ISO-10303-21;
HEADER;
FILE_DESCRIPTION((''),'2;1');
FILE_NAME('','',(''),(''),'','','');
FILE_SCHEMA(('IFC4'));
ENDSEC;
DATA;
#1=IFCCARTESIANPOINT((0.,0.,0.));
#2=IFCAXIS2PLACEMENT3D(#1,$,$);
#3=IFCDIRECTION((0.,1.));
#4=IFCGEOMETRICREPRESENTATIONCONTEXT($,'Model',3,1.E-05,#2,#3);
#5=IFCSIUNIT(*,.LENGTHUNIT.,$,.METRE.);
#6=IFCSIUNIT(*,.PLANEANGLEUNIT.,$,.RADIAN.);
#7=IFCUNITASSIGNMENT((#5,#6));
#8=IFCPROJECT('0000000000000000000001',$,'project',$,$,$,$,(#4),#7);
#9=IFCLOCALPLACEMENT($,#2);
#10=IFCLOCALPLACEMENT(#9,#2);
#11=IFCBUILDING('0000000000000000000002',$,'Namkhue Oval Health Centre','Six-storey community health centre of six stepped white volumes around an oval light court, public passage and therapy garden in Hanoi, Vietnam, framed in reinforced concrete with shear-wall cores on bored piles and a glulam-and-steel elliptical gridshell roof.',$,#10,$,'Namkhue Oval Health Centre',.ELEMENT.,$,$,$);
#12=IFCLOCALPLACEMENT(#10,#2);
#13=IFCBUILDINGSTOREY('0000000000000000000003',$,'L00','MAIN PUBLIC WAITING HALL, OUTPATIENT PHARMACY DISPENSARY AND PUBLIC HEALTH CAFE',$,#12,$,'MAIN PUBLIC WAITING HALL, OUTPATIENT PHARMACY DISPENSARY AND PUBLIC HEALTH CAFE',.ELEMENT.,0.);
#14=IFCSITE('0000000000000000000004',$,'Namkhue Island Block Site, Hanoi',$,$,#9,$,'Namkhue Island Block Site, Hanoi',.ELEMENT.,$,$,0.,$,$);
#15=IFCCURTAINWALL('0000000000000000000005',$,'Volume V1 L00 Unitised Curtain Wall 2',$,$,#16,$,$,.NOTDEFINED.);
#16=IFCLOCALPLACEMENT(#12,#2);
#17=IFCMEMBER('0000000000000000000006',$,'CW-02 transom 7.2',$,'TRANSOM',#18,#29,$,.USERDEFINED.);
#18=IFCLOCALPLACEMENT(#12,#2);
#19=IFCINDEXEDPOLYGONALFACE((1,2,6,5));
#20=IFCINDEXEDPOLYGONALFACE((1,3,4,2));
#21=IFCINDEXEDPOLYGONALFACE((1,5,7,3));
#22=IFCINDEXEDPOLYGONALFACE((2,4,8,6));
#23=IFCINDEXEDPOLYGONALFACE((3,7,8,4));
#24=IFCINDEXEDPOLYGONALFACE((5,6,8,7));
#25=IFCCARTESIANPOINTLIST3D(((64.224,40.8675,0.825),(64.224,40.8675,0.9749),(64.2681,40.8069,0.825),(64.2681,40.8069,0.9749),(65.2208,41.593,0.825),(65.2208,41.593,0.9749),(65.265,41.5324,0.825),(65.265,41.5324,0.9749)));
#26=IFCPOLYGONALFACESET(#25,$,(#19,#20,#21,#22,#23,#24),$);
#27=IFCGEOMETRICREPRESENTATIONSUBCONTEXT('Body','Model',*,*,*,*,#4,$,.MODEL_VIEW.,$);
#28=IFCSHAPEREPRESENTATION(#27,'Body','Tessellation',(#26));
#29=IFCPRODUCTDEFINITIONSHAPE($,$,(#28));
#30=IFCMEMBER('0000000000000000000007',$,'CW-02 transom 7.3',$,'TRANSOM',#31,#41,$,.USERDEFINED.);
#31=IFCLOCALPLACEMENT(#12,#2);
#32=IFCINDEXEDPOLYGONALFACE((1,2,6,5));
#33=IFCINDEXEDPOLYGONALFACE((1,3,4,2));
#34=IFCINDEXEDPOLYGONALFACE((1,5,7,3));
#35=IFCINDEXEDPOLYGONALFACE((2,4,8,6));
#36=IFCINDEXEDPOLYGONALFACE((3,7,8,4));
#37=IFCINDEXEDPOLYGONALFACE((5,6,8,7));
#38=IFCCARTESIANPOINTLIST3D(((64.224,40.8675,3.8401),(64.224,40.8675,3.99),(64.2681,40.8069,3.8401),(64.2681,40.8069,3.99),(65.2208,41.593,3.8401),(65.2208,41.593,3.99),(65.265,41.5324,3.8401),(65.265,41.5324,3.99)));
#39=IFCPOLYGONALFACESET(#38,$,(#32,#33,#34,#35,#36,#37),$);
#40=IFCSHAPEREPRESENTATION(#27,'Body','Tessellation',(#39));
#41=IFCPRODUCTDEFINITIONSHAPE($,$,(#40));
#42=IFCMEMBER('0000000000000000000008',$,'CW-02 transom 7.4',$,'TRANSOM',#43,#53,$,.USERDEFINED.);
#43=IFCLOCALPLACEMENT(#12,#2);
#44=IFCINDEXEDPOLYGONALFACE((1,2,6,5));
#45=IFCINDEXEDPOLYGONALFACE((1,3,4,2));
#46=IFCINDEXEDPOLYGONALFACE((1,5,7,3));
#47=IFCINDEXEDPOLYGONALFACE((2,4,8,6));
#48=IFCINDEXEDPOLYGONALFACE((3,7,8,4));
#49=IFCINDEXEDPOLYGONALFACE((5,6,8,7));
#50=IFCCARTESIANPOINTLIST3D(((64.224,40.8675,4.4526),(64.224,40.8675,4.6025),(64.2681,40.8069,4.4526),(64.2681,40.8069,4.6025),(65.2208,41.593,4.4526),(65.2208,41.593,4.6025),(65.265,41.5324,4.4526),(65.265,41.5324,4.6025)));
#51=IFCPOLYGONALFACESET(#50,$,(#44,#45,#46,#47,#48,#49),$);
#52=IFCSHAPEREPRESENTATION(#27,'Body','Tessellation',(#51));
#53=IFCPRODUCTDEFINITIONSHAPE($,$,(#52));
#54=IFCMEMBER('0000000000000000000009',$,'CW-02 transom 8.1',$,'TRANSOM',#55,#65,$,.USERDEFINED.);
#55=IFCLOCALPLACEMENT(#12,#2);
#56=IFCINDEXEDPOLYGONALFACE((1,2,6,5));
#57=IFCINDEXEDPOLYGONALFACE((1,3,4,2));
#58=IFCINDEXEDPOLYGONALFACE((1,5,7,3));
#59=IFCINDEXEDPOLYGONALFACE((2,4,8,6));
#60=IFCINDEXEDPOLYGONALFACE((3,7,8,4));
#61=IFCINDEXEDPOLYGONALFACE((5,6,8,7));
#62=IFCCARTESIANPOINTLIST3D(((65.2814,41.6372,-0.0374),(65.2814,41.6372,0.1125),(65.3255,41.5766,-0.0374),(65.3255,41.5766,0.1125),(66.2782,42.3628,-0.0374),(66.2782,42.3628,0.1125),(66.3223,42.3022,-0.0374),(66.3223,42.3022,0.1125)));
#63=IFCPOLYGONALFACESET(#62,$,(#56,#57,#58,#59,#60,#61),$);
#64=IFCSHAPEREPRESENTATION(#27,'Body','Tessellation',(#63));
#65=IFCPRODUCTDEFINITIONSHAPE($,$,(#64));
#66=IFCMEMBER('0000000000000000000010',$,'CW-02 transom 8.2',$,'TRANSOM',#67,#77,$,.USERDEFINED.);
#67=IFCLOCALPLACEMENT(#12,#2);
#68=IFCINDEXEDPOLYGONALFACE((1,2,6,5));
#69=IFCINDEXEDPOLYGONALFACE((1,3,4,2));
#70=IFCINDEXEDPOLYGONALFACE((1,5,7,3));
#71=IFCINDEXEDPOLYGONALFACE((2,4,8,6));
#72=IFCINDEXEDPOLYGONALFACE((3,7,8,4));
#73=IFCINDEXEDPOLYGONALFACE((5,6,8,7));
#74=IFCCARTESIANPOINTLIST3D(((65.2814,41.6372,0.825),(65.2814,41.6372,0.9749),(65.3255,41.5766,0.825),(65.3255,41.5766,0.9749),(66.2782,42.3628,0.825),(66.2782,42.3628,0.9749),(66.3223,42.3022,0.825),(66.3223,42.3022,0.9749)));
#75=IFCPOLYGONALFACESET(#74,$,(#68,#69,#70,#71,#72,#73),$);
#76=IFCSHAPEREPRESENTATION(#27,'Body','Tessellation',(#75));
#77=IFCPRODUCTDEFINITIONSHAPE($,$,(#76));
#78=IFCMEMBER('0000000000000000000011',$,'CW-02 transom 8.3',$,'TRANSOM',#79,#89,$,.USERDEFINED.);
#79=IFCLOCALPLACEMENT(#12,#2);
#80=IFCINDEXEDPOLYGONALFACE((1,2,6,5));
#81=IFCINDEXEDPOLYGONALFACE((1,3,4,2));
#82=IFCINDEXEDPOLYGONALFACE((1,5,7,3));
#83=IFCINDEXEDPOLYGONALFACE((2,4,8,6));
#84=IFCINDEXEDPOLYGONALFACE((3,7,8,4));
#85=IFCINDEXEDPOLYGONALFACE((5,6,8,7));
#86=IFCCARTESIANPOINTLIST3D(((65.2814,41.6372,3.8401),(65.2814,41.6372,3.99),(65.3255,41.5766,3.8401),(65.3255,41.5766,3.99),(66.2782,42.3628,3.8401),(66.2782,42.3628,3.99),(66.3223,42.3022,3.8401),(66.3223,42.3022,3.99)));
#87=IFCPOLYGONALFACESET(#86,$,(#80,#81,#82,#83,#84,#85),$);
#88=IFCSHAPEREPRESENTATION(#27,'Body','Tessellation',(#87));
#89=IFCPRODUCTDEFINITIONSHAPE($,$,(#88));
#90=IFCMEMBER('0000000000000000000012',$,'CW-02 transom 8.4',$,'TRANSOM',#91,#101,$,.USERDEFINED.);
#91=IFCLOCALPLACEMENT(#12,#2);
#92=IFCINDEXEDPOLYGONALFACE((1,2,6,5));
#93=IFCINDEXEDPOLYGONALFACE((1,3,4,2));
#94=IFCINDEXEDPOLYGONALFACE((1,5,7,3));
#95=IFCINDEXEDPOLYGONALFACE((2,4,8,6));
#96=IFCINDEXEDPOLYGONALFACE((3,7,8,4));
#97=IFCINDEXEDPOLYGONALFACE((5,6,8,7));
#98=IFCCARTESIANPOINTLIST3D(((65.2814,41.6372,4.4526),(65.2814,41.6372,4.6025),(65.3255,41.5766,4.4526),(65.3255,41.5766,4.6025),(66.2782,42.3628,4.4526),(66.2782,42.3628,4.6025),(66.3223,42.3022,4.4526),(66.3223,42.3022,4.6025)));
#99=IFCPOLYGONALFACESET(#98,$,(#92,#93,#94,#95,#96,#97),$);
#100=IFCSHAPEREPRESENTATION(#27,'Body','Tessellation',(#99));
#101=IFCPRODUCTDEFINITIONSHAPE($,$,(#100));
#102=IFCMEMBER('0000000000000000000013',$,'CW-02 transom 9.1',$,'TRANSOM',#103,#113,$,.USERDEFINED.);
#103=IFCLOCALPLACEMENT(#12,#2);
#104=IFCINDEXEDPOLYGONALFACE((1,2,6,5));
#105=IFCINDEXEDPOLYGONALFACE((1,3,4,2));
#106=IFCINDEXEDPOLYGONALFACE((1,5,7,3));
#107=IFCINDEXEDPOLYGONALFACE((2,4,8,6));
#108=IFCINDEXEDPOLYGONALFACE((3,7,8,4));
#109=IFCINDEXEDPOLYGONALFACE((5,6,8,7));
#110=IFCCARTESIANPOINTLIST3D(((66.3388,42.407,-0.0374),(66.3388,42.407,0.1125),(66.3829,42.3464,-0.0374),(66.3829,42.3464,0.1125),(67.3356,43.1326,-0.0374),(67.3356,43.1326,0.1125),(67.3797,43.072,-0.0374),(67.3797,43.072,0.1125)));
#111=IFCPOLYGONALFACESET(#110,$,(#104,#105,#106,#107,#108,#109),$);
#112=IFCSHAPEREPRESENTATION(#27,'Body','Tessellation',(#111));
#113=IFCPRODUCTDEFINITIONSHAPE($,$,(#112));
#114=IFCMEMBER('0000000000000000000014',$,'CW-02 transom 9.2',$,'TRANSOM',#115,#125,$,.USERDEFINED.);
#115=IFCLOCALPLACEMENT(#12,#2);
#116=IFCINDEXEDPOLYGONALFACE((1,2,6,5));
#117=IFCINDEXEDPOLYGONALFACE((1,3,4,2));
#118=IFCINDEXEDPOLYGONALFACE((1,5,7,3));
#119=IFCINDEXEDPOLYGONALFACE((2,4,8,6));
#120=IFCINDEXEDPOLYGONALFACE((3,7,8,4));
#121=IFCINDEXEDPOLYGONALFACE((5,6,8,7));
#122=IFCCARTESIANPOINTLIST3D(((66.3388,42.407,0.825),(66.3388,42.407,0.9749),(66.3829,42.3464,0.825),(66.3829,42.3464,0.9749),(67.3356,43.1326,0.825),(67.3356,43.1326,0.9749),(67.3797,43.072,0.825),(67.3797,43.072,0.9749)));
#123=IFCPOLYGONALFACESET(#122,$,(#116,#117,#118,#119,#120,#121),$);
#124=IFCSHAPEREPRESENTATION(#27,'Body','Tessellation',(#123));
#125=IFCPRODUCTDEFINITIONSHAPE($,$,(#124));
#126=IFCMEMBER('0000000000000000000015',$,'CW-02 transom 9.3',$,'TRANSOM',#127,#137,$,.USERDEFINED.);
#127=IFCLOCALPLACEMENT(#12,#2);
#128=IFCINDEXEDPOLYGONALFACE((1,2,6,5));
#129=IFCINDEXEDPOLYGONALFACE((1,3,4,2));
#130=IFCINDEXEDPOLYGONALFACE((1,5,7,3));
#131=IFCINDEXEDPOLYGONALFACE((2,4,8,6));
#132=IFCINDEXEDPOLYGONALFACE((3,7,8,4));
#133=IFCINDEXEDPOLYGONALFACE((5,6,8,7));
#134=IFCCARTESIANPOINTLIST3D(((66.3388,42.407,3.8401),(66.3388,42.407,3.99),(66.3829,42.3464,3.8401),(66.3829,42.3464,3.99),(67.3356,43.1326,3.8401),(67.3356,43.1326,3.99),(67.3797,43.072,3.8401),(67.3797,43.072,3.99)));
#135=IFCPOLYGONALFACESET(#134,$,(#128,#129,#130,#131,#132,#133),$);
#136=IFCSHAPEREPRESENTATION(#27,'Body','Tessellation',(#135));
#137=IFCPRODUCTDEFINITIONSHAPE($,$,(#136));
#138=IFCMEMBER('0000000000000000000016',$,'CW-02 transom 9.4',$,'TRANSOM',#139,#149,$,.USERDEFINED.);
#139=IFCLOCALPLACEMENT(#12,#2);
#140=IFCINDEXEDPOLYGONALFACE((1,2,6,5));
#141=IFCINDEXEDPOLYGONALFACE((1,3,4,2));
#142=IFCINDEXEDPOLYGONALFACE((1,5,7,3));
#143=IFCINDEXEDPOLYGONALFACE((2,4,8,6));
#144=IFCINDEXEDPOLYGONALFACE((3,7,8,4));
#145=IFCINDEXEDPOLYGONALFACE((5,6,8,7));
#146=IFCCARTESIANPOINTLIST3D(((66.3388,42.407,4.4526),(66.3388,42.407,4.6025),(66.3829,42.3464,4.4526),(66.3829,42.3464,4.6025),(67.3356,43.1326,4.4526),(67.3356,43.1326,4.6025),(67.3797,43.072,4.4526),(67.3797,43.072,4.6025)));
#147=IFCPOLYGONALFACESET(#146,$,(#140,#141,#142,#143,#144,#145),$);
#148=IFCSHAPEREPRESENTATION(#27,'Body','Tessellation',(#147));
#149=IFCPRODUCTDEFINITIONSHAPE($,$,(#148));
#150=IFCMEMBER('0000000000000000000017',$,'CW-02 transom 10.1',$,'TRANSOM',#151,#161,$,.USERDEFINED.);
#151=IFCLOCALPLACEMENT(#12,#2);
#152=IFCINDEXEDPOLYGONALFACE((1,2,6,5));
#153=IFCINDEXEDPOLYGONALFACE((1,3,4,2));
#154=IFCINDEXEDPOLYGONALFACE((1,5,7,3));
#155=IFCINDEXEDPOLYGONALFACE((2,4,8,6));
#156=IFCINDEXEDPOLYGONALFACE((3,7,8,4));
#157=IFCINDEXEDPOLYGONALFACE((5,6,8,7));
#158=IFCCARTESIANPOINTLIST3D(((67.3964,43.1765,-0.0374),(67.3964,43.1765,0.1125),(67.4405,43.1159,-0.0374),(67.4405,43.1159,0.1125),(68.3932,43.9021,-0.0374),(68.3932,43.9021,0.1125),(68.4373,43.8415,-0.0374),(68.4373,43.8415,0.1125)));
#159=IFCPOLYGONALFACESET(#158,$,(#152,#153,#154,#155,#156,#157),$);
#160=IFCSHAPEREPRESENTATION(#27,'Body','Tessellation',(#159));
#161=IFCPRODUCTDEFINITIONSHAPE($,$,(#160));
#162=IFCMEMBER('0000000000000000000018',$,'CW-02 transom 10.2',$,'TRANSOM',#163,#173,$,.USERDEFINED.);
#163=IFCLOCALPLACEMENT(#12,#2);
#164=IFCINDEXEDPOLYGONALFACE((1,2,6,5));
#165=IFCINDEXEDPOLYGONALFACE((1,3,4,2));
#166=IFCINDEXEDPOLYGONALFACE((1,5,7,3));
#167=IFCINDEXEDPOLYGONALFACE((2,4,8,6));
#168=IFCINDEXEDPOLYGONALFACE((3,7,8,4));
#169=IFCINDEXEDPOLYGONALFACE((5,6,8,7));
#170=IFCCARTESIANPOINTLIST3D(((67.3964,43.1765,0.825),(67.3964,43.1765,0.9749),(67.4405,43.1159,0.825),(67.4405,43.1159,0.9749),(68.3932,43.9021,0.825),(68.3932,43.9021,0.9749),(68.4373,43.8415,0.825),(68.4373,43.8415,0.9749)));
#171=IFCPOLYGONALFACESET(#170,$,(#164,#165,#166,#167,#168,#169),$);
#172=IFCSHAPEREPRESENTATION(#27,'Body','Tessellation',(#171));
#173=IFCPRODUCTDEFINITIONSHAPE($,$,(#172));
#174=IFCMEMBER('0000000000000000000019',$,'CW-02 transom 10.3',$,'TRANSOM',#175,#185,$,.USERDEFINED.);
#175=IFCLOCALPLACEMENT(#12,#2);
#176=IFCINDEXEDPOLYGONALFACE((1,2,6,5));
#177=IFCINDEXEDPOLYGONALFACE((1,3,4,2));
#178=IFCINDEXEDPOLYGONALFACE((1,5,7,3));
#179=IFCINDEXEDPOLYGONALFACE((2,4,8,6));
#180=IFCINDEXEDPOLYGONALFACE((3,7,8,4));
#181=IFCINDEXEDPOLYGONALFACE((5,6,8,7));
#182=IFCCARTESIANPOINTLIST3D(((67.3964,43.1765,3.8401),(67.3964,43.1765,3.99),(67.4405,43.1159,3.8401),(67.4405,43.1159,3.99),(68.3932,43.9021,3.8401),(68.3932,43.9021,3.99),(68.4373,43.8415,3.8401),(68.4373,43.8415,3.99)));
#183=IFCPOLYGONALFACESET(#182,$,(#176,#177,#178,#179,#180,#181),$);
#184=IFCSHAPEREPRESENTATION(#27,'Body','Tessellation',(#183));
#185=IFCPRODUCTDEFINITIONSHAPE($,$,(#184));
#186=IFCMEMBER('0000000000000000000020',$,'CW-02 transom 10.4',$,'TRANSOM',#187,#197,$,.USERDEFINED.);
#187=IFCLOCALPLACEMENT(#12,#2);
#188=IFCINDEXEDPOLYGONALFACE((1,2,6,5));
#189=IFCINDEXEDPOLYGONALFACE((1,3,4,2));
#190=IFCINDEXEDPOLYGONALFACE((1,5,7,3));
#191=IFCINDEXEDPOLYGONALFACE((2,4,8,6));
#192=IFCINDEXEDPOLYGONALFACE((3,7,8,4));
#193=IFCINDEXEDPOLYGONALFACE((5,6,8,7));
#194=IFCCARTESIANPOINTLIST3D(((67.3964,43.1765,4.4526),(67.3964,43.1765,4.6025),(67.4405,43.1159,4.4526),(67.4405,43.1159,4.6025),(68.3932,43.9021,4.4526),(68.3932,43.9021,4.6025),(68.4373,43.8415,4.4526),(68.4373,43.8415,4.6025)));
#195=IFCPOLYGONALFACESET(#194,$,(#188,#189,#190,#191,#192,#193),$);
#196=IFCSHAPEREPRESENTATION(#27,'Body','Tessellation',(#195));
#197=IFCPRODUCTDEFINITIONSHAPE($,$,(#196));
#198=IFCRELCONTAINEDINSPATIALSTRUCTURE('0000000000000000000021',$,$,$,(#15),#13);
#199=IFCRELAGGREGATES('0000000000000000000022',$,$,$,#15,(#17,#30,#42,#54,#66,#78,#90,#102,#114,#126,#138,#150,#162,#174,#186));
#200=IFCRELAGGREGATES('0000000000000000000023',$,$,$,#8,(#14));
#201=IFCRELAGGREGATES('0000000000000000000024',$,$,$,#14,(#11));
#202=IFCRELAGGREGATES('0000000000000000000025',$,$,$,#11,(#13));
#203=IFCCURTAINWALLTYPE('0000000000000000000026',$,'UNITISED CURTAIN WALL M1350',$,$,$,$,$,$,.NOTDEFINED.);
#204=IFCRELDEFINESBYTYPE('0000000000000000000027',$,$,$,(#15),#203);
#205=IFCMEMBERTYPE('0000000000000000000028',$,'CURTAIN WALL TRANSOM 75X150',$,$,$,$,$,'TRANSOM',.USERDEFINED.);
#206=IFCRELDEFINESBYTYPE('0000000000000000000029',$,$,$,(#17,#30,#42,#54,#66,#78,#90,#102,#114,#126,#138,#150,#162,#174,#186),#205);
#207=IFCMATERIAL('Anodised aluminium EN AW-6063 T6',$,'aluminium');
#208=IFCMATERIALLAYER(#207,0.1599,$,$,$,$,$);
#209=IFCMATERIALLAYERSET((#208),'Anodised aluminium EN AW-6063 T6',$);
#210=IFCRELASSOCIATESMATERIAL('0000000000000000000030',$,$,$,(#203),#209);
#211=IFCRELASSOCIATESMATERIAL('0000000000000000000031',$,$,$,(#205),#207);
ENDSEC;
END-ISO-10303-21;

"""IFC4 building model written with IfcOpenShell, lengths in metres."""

from ifc_helpers import new_model, si_unit, direction, frame, origin, origin_2d, place, context, subcontext, project, spatial, rectangle, extrude, material, layer, layer_set, material_profile, profile_set, type_object, element, aggregate, save


model = new_model("IFC4")

# Units and contexts
model_context = context("Model", 3, precision=1e-05, world=origin(), true_north=direction((0.0, 1.0)))
body_context = subcontext(model_context, "Body", "Model", "MODEL_VIEW")
ifc_project = project(units=[si_unit("LENGTHUNIT", "METRE"), si_unit("PLANEANGLEUNIT", "RADIAN")], contexts=[model_context])

# Site, building, storey
site_placement = place(None, origin())
site = spatial("IfcSite", under=ifc_project, at=site_placement, Name="Namkhue Island Block Site, Hanoi", LongName="Namkhue Island Block Site, Hanoi", CompositionType="ELEMENT", RefElevation=0.0)
building_placement = place(site_placement, origin())
building = spatial("IfcBuilding", under=site, at=building_placement, Name="Namkhue Oval Health Centre", Description="Six-storey community health centre of six stepped white volumes around an oval light court, public passage and therapy garden in Hanoi, Vietnam, framed in reinforced concrete with shear-wall cores on bored piles and a glulam-and-steel elliptical gridshell roof.", LongName="Namkhue Oval Health Centre", CompositionType="ELEMENT")
storey_placement = place(building_placement, origin())
storey = spatial("IfcBuildingStorey", under=building, at=storey_placement, Name="L00", Description="MAIN PUBLIC WAITING HALL, OUTPATIENT PHARMACY DISPENSARY AND PUBLIC HEALTH CAFE", LongName="MAIN PUBLIC WAITING HALL, OUTPATIENT PHARMACY DISPENSARY AND PUBLIC HEALTH CAFE", CompositionType="ELEMENT", Elevation=0.0)

# Curtain wall, members
ifc_material_1 = material(Name="Anodised aluminium EN AW-6063 T6", Category="aluminium")
ifc_layer_1 = layer(ifc_material_1, 0.1599)
ifc_layer_set_1 = layer_set([ifc_layer_1], Name="Anodised aluminium EN AW-6063 T6")
curtain_wall_type = type_object("IfcCurtainWallType", Name="UNITISED CURTAIN WALL M1350", PredefinedType="NOTDEFINED", material=ifc_layer_set_1)
curtain_wall_placement = place(storey_placement, origin())
curtain_wall = element("IfcCurtainWall", 1, at=curtain_wall_placement, inside=storey, type_object=curtain_wall_type, Name="Volume V1 L00 Unitised Curtain Wall 2", PredefinedType="NOTDEFINED")
ifc_material_profile_1 = material_profile(ifc_material_1, rectangle(XDim=0.075, YDim=0.1499, at=origin_2d()), Name="ALU 75x150")
ifc_profile_set_1 = profile_set([ifc_material_profile_1], Name="Anodised aluminium EN AW-6063 T6")
member_type_1 = type_object("IfcMemberType", Name="CURTAIN WALL TRANSOM 75X150", ElementType="TRANSOM", PredefinedType="USERDEFINED", material=ifc_profile_set_1)
member_1_placement = place(storey_placement, frame((64.2461, 40.8372, 0.8999), z_axis=(0.808496, 0.588501, 0.0), x_axis=(-0.588501, 0.808496, 0.0)))
member_1 = element("IfcMember", 2, at=member_1_placement, type_object=member_type_1, Name="CW-02 transom 7.2", ObjectType="TRANSOM", PredefinedType="USERDEFINED", context=body_context, shape_type="SweptSolid", body=[
    extrude(rectangle(XDim=0.075, YDim=0.1499, at=origin_2d()), origin(), (0.0, 0.0, 1.0), 1.2329),
])
member_2_placement = place(storey_placement, frame((64.2461, 40.8372, 3.915), z_axis=(0.808496, 0.588501, 0.0), x_axis=(-0.588501, 0.808496, 0.0)))
member_2 = element("IfcMember", 3, at=member_2_placement, type_object=member_type_1, Name="CW-02 transom 7.3", ObjectType="TRANSOM", PredefinedType="USERDEFINED", context=body_context, shape_type="SweptSolid", body=[
    extrude(rectangle(XDim=0.075, YDim=0.1499, at=origin_2d()), origin(), (0.0, 0.0, 1.0), 1.2329),
])
member_3_placement = place(storey_placement, frame((64.2461, 40.8372, 4.5276), z_axis=(0.808496, 0.588501, 0.0), x_axis=(-0.588501, 0.808496, 0.0)))
member_3 = element("IfcMember", 4, at=member_3_placement, type_object=member_type_1, Name="CW-02 transom 7.4", ObjectType="TRANSOM", PredefinedType="USERDEFINED", context=body_context, shape_type="SweptSolid", body=[
    extrude(rectangle(XDim=0.075, YDim=0.1499, at=origin_2d()), origin(), (0.0, 0.0, 1.0), 1.2329),
])
member_4_placement = place(storey_placement, frame((65.3035, 41.6069, 0.0376), z_axis=(0.808496, 0.588501, 0.0), x_axis=(-0.588501, 0.808496, 0.0)))
member_4 = element("IfcMember", 5, at=member_4_placement, type_object=member_type_1, Name="CW-02 transom 8.1", ObjectType="TRANSOM", PredefinedType="USERDEFINED", context=body_context, shape_type="SweptSolid", body=[
    extrude(rectangle(XDim=0.075, YDim=0.1499, at=origin_2d()), origin(), (0.0, 0.0, 1.0), 1.2329),
])
member_5_placement = place(storey_placement, frame((65.3035, 41.6069, 0.8999), z_axis=(0.808496, 0.588501, 0.0), x_axis=(-0.588501, 0.808496, 0.0)))
member_5 = element("IfcMember", 6, at=member_5_placement, type_object=member_type_1, Name="CW-02 transom 8.2", ObjectType="TRANSOM", PredefinedType="USERDEFINED", context=body_context, shape_type="SweptSolid", body=[
    extrude(rectangle(XDim=0.075, YDim=0.1499, at=origin_2d()), origin(), (0.0, 0.0, 1.0), 1.2329),
])
member_6_placement = place(storey_placement, frame((65.3035, 41.6069, 3.915), z_axis=(0.808496, 0.588501, 0.0), x_axis=(-0.588501, 0.808496, 0.0)))
member_6 = element("IfcMember", 7, at=member_6_placement, type_object=member_type_1, Name="CW-02 transom 8.3", ObjectType="TRANSOM", PredefinedType="USERDEFINED", context=body_context, shape_type="SweptSolid", body=[
    extrude(rectangle(XDim=0.075, YDim=0.1499, at=origin_2d()), origin(), (0.0, 0.0, 1.0), 1.2329),
])
member_7_placement = place(storey_placement, frame((65.3035, 41.6069, 4.5276), z_axis=(0.808496, 0.588501, 0.0), x_axis=(-0.588501, 0.808496, 0.0)))
member_7 = element("IfcMember", 8, at=member_7_placement, type_object=member_type_1, Name="CW-02 transom 8.4", ObjectType="TRANSOM", PredefinedType="USERDEFINED", context=body_context, shape_type="SweptSolid", body=[
    extrude(rectangle(XDim=0.075, YDim=0.1499, at=origin_2d()), origin(), (0.0, 0.0, 1.0), 1.2329),
])
member_8_placement = place(storey_placement, frame((66.3608, 42.3767, 0.0376), z_axis=(0.808496, 0.588501, 0.0), x_axis=(-0.588501, 0.808496, 0.0)))
member_8 = element("IfcMember", 9, at=member_8_placement, type_object=member_type_1, Name="CW-02 transom 9.1", ObjectType="TRANSOM", PredefinedType="USERDEFINED", context=body_context, shape_type="SweptSolid", body=[
    extrude(rectangle(XDim=0.075, YDim=0.1499, at=origin_2d()), origin(), (0.0, 0.0, 1.0), 1.2329),
])
member_9_placement = place(storey_placement, frame((66.3608, 42.3767, 0.8999), z_axis=(0.808496, 0.588501, 0.0), x_axis=(-0.588501, 0.808496, 0.0)))
member_9 = element("IfcMember", 10, at=member_9_placement, type_object=member_type_1, Name="CW-02 transom 9.2", ObjectType="TRANSOM", PredefinedType="USERDEFINED", context=body_context, shape_type="SweptSolid", body=[
    extrude(rectangle(XDim=0.075, YDim=0.1499, at=origin_2d()), origin(), (0.0, 0.0, 1.0), 1.2329),
])
member_10_placement = place(storey_placement, frame((66.3608, 42.3767, 3.915), z_axis=(0.808496, 0.588501, 0.0), x_axis=(-0.588501, 0.808496, 0.0)))
member_10 = element("IfcMember", 11, at=member_10_placement, type_object=member_type_1, Name="CW-02 transom 9.3", ObjectType="TRANSOM", PredefinedType="USERDEFINED", context=body_context, shape_type="SweptSolid", body=[
    extrude(rectangle(XDim=0.075, YDim=0.1499, at=origin_2d()), origin(), (0.0, 0.0, 1.0), 1.2329),
])
member_11_placement = place(storey_placement, frame((66.3608, 42.3767, 4.5276), z_axis=(0.808496, 0.588501, 0.0), x_axis=(-0.588501, 0.808496, 0.0)))
member_11 = element("IfcMember", 12, at=member_11_placement, type_object=member_type_1, Name="CW-02 transom 9.4", ObjectType="TRANSOM", PredefinedType="USERDEFINED", context=body_context, shape_type="SweptSolid", body=[
    extrude(rectangle(XDim=0.075, YDim=0.1499, at=origin_2d()), origin(), (0.0, 0.0, 1.0), 1.2329),
])
member_12_placement = place(storey_placement, frame((67.4185, 43.1462, 0.0376), z_axis=(0.808496, 0.588501, 0.0), x_axis=(-0.588501, 0.808496, 0.0)))
member_12 = element("IfcMember", 13, at=member_12_placement, type_object=member_type_1, Name="CW-02 transom 10.1", ObjectType="TRANSOM", PredefinedType="USERDEFINED", context=body_context, shape_type="SweptSolid", body=[
    extrude(rectangle(XDim=0.075, YDim=0.1499, at=origin_2d()), origin(), (0.0, 0.0, 1.0), 1.2329),
])
member_13_placement = place(storey_placement, frame((67.4185, 43.1462, 0.8999), z_axis=(0.808496, 0.588501, 0.0), x_axis=(-0.588501, 0.808496, 0.0)))
member_13 = element("IfcMember", 14, at=member_13_placement, type_object=member_type_1, Name="CW-02 transom 10.2", ObjectType="TRANSOM", PredefinedType="USERDEFINED", context=body_context, shape_type="SweptSolid", body=[
    extrude(rectangle(XDim=0.075, YDim=0.1499, at=origin_2d()), origin(), (0.0, 0.0, 1.0), 1.2329),
])
member_14_placement = place(storey_placement, frame((67.4185, 43.1462, 3.915), z_axis=(0.808496, 0.588501, 0.0), x_axis=(-0.588501, 0.808496, 0.0)))
member_14 = element("IfcMember", 15, at=member_14_placement, type_object=member_type_1, Name="CW-02 transom 10.3", ObjectType="TRANSOM", PredefinedType="USERDEFINED", context=body_context, shape_type="SweptSolid", body=[
    extrude(rectangle(XDim=0.075, YDim=0.1499, at=origin_2d()), origin(), (0.0, 0.0, 1.0), 1.2329),
])
member_15_placement = place(storey_placement, frame((67.4185, 43.1462, 4.5276), z_axis=(0.808496, 0.588501, 0.0), x_axis=(-0.588501, 0.808496, 0.0)))
member_15 = element("IfcMember", 16, at=member_15_placement, type_object=member_type_1, Name="CW-02 transom 10.4", ObjectType="TRANSOM", PredefinedType="USERDEFINED", context=body_context, shape_type="SweptSolid", body=[
    extrude(rectangle(XDim=0.075, YDim=0.1499, at=origin_2d()), origin(), (0.0, 0.0, 1.0), 1.2329),
])
aggregate(curtain_wall, [member_1, member_2, member_3, member_4, member_5, member_6, member_7, member_8, member_9, member_10, member_11, member_12, member_13, member_14, member_15])

save(model, "model.ifc")
